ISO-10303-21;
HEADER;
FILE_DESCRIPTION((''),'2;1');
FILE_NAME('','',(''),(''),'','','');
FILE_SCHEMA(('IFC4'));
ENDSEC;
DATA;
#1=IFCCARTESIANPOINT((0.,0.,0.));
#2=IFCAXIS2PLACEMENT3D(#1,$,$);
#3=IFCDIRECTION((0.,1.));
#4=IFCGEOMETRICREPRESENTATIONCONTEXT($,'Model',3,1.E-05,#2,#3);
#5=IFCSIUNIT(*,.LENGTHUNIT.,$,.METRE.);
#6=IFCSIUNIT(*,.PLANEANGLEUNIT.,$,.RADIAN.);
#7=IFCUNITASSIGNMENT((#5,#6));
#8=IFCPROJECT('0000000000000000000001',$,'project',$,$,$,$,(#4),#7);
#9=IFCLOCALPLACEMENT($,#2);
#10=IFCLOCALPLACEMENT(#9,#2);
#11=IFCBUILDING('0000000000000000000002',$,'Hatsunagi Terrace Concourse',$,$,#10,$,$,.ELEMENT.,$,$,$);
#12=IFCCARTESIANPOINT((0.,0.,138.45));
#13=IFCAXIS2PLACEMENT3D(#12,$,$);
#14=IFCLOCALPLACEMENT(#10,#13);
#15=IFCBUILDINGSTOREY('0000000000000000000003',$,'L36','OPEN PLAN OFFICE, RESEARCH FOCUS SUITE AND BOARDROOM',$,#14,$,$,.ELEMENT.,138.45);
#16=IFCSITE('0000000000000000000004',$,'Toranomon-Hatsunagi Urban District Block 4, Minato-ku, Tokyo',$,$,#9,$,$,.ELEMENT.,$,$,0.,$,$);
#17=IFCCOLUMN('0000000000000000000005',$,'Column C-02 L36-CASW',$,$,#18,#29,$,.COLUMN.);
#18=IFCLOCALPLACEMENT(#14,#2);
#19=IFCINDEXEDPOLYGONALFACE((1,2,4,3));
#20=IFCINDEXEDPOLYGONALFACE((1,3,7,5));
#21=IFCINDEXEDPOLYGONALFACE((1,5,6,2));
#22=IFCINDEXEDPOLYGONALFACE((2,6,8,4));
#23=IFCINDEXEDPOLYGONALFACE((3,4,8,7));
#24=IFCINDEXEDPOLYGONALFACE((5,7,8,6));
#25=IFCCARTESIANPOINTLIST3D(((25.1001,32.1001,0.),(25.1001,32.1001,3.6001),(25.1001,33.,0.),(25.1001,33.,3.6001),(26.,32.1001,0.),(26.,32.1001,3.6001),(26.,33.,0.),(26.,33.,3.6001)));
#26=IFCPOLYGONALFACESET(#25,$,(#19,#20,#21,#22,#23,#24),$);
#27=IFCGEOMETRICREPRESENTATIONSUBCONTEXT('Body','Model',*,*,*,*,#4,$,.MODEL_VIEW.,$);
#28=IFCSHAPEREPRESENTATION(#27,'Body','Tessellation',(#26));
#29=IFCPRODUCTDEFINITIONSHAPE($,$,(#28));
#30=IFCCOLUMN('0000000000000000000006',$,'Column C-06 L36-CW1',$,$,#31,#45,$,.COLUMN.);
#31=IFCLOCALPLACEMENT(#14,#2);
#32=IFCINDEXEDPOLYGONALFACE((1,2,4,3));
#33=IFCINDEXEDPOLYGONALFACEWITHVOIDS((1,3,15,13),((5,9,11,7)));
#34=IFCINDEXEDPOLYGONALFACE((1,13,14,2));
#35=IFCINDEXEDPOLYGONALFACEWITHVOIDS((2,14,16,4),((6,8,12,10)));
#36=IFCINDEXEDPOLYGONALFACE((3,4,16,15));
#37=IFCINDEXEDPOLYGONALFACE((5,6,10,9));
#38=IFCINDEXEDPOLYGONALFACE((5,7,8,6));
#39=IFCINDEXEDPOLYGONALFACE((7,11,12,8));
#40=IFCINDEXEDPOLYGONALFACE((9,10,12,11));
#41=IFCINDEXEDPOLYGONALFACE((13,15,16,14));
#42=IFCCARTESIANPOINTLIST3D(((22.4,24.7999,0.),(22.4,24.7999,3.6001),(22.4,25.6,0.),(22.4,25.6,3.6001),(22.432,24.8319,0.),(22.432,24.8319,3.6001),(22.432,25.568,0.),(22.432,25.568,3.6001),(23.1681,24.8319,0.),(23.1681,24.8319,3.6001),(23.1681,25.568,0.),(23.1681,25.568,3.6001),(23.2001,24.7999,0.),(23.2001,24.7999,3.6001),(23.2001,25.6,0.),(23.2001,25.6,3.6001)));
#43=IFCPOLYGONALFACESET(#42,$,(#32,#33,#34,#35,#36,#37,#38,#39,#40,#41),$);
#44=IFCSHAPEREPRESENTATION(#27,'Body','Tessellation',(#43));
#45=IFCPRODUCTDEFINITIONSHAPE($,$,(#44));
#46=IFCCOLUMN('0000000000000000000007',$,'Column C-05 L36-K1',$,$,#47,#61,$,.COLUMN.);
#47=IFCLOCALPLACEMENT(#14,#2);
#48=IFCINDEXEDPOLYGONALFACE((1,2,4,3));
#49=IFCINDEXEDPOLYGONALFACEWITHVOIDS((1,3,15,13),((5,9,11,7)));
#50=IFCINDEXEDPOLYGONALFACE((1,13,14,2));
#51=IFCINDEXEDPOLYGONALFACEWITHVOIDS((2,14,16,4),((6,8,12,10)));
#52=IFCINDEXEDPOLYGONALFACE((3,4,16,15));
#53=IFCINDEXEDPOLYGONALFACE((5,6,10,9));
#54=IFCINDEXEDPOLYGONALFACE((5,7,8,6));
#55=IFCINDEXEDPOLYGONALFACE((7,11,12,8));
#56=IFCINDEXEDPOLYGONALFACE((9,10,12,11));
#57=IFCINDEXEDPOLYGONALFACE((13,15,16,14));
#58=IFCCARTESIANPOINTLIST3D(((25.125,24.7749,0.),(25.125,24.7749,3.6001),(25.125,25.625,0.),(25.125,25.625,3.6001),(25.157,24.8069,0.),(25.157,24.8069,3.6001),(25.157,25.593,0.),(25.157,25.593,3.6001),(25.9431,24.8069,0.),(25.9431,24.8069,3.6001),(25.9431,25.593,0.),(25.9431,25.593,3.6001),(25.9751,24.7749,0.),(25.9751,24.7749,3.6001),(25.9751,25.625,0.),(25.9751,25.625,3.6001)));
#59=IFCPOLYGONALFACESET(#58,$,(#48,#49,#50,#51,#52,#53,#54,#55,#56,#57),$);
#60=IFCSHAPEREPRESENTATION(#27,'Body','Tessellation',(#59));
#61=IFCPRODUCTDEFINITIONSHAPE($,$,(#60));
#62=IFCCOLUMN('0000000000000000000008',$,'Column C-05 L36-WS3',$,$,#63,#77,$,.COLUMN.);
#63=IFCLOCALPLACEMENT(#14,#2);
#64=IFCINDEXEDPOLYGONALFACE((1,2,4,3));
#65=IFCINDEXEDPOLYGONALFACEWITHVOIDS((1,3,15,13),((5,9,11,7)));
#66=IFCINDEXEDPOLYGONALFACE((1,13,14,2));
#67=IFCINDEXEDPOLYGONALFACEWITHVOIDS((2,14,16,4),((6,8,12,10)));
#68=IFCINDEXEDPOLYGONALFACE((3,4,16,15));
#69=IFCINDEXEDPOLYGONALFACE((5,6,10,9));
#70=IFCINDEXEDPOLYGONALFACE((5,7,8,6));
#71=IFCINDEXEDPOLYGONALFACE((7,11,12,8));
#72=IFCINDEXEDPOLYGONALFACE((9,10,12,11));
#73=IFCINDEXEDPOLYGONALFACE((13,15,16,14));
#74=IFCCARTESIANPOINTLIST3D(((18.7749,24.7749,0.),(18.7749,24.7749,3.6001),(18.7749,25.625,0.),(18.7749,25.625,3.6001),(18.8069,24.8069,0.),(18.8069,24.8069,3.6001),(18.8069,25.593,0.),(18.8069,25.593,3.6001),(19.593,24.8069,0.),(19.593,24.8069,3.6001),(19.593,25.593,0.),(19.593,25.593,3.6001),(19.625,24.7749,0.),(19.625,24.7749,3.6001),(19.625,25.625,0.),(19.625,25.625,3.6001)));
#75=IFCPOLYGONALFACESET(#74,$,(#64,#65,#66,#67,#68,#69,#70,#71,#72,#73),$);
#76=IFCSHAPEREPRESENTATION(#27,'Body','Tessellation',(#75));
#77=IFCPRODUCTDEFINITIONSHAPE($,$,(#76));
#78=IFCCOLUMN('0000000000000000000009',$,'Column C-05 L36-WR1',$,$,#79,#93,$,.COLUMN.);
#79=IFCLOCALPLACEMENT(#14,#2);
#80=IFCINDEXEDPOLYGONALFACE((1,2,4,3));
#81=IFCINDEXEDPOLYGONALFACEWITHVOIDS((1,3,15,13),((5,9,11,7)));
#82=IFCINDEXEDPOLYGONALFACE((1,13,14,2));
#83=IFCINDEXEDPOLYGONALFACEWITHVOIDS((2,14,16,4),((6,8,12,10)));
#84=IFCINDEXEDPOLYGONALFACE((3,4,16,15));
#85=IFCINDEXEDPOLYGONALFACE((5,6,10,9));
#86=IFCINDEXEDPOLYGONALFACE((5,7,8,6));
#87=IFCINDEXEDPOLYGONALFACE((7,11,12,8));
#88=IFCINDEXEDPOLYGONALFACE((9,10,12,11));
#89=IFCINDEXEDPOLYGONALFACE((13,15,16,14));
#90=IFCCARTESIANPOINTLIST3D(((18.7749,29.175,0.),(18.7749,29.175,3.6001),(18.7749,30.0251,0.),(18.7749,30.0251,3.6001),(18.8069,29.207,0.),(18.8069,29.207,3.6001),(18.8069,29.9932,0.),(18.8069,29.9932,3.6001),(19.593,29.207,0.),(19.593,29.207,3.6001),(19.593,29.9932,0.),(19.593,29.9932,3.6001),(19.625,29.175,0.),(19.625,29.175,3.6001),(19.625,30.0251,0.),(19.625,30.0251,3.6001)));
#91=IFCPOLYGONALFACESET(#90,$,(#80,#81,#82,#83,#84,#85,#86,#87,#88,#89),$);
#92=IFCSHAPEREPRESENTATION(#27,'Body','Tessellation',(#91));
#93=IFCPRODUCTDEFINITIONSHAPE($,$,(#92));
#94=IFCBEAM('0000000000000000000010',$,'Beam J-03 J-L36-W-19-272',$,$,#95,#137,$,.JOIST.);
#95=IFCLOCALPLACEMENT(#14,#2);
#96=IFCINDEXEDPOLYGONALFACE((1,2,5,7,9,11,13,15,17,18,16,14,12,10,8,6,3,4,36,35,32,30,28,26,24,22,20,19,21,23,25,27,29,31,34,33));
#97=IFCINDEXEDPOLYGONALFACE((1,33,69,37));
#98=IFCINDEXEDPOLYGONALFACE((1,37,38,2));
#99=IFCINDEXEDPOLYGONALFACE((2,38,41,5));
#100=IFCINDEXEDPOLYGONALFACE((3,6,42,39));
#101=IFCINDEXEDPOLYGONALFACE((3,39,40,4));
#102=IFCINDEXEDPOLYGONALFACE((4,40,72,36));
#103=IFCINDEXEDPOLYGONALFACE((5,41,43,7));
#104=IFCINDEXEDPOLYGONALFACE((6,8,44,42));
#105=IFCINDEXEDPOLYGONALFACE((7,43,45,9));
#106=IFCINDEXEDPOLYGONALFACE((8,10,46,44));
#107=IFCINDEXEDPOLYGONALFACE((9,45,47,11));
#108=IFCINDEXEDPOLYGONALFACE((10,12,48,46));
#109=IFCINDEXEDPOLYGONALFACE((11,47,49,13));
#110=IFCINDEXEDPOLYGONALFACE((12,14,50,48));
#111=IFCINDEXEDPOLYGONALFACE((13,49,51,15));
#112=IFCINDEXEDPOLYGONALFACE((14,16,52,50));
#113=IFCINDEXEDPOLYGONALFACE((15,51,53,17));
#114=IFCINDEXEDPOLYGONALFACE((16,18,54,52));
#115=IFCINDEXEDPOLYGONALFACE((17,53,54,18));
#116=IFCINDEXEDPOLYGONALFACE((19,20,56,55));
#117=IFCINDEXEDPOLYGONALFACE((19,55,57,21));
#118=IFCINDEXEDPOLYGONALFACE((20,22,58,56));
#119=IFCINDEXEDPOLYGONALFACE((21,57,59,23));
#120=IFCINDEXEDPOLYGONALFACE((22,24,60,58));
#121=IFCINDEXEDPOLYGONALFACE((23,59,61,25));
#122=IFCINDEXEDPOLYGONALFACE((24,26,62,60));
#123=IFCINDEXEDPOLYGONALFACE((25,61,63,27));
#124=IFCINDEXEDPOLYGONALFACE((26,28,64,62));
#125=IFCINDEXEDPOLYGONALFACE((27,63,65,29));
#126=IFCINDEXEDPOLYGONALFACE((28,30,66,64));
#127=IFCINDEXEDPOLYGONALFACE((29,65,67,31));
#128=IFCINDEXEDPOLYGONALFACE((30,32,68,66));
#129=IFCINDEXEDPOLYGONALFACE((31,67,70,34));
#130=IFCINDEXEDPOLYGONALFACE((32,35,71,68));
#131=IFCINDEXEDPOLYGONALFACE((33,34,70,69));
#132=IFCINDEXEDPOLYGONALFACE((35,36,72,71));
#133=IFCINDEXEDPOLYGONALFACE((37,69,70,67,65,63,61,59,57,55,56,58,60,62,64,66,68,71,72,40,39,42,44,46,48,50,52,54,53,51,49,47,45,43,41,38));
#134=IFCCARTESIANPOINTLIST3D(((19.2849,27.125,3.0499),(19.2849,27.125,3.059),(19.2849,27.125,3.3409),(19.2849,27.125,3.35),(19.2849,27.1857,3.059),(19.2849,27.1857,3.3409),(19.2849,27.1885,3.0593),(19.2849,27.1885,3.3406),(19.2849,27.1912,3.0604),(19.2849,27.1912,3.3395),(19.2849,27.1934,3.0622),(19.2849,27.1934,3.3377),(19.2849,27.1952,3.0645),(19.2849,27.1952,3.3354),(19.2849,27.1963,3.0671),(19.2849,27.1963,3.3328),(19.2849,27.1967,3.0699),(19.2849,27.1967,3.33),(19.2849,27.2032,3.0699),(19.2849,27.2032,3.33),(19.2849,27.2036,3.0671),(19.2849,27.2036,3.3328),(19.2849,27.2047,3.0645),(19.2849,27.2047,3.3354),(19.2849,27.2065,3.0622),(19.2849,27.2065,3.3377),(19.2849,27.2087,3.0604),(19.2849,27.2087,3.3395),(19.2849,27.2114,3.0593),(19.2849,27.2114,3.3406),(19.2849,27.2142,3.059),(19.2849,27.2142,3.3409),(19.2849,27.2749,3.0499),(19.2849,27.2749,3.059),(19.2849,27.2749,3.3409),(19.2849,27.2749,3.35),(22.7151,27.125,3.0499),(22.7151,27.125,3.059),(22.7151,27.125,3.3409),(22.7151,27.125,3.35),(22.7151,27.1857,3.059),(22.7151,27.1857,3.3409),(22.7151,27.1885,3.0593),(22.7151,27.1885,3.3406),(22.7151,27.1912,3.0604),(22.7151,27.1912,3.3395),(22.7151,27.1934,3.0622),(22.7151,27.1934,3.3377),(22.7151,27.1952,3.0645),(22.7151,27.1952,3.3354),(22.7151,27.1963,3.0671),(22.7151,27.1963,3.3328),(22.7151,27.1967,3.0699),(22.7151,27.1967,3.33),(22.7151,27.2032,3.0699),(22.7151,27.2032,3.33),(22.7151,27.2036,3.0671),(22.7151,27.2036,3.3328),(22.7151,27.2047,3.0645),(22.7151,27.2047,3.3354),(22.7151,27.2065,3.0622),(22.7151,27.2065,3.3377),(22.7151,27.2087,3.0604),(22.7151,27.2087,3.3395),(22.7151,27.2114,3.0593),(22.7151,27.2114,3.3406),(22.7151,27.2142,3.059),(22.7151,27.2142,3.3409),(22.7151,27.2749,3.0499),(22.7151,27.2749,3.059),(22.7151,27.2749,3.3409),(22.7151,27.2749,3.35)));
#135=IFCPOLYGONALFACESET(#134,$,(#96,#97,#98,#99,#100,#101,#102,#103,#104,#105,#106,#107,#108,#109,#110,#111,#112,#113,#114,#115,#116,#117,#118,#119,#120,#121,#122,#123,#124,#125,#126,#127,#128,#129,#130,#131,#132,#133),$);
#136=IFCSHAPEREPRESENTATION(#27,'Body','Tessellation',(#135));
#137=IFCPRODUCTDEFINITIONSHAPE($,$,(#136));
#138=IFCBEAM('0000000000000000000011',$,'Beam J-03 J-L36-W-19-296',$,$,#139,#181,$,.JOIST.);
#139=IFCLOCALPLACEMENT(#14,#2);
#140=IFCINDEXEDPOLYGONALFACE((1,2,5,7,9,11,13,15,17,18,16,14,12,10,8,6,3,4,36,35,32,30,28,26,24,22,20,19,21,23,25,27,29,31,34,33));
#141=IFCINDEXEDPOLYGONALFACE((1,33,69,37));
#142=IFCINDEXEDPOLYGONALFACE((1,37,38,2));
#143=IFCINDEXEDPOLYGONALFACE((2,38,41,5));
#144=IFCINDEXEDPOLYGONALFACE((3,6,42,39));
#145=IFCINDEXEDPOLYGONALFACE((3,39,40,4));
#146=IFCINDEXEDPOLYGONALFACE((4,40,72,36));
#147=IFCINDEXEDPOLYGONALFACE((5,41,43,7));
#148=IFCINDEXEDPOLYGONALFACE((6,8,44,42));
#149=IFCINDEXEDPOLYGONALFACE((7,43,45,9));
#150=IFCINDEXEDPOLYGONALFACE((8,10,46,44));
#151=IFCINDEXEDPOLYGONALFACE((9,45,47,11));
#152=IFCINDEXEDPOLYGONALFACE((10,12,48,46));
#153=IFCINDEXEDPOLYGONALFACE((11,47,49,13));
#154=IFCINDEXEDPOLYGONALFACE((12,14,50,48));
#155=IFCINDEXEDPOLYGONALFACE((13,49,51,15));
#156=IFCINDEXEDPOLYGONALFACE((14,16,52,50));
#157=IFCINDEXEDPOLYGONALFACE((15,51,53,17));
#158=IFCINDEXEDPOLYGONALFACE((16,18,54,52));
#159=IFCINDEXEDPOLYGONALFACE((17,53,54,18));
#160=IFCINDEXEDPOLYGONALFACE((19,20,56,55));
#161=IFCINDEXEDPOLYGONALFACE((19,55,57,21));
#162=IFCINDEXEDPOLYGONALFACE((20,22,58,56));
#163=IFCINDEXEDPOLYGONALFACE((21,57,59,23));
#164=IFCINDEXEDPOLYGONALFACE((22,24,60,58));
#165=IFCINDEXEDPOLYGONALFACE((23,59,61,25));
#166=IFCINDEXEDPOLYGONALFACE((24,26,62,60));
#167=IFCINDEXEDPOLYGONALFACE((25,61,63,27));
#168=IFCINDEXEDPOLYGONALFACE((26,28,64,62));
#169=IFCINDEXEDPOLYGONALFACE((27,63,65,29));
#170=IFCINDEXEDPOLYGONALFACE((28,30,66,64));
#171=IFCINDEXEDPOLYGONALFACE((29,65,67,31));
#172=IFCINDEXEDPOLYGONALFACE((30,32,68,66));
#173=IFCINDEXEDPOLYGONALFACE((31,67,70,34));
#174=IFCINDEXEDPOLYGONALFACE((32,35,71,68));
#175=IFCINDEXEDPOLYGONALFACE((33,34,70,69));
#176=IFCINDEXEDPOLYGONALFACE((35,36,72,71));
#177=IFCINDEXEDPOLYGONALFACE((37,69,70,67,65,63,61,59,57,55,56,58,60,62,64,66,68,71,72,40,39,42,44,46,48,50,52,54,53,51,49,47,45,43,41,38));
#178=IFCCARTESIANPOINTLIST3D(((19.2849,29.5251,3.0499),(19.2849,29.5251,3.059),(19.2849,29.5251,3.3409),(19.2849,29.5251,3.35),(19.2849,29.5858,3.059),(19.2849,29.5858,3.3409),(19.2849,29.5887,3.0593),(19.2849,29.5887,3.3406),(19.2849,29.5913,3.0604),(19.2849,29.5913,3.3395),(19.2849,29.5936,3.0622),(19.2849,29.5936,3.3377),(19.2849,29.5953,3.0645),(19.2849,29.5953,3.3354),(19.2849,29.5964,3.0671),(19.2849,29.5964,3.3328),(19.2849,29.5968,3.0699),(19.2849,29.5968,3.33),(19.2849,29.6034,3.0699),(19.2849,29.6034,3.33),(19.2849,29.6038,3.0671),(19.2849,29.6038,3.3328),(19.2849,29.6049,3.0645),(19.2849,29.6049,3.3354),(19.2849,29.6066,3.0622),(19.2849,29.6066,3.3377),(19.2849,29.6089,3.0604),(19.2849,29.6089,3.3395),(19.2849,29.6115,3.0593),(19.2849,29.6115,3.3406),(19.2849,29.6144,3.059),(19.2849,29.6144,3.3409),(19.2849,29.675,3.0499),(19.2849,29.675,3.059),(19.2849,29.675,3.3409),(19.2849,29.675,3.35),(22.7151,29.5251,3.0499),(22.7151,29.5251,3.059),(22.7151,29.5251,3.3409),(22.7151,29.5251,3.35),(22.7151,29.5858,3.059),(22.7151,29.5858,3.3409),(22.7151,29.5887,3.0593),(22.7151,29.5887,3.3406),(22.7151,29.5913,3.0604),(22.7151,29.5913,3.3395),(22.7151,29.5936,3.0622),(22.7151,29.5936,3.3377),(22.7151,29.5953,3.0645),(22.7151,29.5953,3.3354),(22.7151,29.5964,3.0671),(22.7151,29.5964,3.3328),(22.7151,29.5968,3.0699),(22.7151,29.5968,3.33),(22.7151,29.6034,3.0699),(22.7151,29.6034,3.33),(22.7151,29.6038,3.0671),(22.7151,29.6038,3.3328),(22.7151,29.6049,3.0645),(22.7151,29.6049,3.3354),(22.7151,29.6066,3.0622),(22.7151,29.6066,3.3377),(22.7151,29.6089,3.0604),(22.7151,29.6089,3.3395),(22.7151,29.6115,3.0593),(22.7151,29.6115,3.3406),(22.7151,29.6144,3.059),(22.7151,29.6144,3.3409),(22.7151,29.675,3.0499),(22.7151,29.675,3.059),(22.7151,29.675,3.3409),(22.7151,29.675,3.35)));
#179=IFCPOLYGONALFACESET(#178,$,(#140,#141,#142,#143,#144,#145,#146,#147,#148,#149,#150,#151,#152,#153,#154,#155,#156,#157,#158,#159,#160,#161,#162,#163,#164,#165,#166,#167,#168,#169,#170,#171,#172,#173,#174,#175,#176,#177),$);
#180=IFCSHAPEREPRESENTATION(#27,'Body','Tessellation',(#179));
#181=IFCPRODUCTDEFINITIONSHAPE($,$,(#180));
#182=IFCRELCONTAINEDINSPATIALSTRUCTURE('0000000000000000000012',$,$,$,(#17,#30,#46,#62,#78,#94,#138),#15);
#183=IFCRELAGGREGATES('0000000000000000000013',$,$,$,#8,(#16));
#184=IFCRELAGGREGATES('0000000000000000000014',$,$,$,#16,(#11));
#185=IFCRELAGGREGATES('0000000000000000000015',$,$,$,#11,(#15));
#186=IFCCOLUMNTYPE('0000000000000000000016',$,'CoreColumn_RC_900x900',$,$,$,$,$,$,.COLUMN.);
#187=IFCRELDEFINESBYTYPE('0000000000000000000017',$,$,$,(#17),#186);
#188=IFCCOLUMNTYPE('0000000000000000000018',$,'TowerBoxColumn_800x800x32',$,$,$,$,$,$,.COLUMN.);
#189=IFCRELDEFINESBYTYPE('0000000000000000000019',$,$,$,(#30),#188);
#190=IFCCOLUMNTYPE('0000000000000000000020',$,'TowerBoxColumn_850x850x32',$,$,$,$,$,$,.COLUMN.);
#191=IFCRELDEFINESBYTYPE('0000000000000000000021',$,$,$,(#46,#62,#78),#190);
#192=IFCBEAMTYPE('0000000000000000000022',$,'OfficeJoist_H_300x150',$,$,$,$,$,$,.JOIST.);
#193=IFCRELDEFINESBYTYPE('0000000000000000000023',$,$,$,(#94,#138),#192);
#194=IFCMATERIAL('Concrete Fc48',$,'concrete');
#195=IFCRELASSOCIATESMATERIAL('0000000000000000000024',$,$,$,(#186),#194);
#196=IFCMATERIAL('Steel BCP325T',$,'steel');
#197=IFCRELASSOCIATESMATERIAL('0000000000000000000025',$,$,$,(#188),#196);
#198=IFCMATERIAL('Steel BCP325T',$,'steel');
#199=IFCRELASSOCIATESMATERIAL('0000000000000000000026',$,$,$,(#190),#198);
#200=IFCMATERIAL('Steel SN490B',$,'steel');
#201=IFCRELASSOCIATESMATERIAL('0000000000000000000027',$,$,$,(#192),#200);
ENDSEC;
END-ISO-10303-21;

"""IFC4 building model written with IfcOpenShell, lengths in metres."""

from ifc_helpers import new_model, si_unit, direction, frame, origin, origin_2d, place, context, subcontext, project, spatial, rectangle, hollow_rectangle, i_section, extrude, material, material_profile, profile_set, type_object, element, save


model = new_model("IFC4")

# Units and contexts
model_context = context("Model", 3, precision=1e-05, world=origin(), true_north=direction((0.0, 1.0)))
body_context = subcontext(model_context, "Body", "Model", "MODEL_VIEW")
ifc_project = project(units=[si_unit("LENGTHUNIT", "METRE"), si_unit("PLANEANGLEUNIT", "RADIAN")], contexts=[model_context])

# Site, building, storey
site_placement = place(None, origin())
site = spatial("IfcSite", under=ifc_project, at=site_placement, Name="Toranomon-Hatsunagi Urban District Block 4, Minato-ku, Tokyo", CompositionType="ELEMENT", RefElevation=0.0)
building_placement = place(site_placement, origin())
building = spatial("IfcBuilding", under=site, at=building_placement, Name="Hatsunagi Terrace Concourse", CompositionType="ELEMENT")
storey_placement = place(building_placement, frame((0.0, 0.0, 138.45)))
storey = spatial("IfcBuildingStorey", under=building, at=storey_placement, Name="L36", Description="OPEN PLAN OFFICE, RESEARCH FOCUS SUITE AND BOARDROOM", CompositionType="ELEMENT", Elevation=138.45)

# Columns
ifc_material_1 = material(Name="Concrete Fc48", Category="concrete")
ifc_material_profile_1 = material_profile(ifc_material_1, rectangle(XDim=0.8999, YDim=0.8999, at=origin_2d()), Name="RC-900x900")
ifc_profile_set_1 = profile_set([ifc_material_profile_1], Name="Concrete Fc48")
column_type_1 = type_object("IfcColumnType", Name="CoreColumn_RC_900x900", PredefinedType="COLUMN", material=ifc_profile_set_1)
column_1_placement = place(storey_placement, frame((25.55, 32.55, 0.0), z_axis=(0.0, 0.0, 1.0), x_axis=(1.0, 0.0, 0.0)))
element("IfcColumn", 1, at=column_1_placement, inside=storey, type_object=column_type_1, Name="Column C-02 L36-CASW", PredefinedType="COLUMN", context=body_context, shape_type="SweptSolid", body=[
    extrude(rectangle(XDim=0.8999, YDim=0.8999, at=origin_2d()), origin(), (0.0, 0.0, 1.0), 3.6001),
])
ifc_material_2 = material(Name="Steel BCP325T", Category="steel")
ifc_material_profile_2 = material_profile(ifc_material_2, hollow_rectangle(XDim=0.8, YDim=0.8, WallThickness=0.032, at=origin_2d()), Name="BCP-800x800x32")
ifc_profile_set_2 = profile_set([ifc_material_profile_2], Name="Steel BCP325T")
column_type_2 = type_object("IfcColumnType", Name="TowerBoxColumn_800x800x32", PredefinedType="COLUMN", material=ifc_profile_set_2)
column_2_placement = place(storey_placement, frame((22.8, 25.2, 0.0), z_axis=(0.0, 0.0, 1.0), x_axis=(1.0, 0.0, 0.0)))
element("IfcColumn", 2, at=column_2_placement, inside=storey, type_object=column_type_2, Name="Column C-06 L36-CW1", PredefinedType="COLUMN", context=body_context, shape_type="SweptSolid", body=[
    extrude(hollow_rectangle(XDim=0.8, YDim=0.8, WallThickness=0.032, at=origin_2d()), origin(), (0.0, 0.0, 1.0), 3.6001),
])
ifc_material_3 = material(Name="Steel BCP325T", Category="steel")
ifc_material_profile_3 = material_profile(ifc_material_3, hollow_rectangle(XDim=0.8501, YDim=0.8501, WallThickness=0.032, at=origin_2d()), Name="BCP-850x850x32")
ifc_profile_set_3 = profile_set([ifc_material_profile_3], Name="Steel BCP325T")
column_type_3 = type_object("IfcColumnType", Name="TowerBoxColumn_850x850x32", PredefinedType="COLUMN", material=ifc_profile_set_3)
for number, where, z_axis, x_axis, name in (
    (3, (25.55, 25.2, 0.0), (0.0, 0.0, 1.0), (1.0, 0.0, 0.0), "Column C-05 L36-K1"),
    (4, (19.2, 25.2, 0.0), (0.0, 0.0, 1.0), (1.0, 0.0, 0.0), "Column C-05 L36-WS3"),
    (5, (19.2, 29.6001, 0.0), (0.0, 0.0, 1.0), (1.0, 0.0, 0.0), "Column C-05 L36-WR1"),
):
    element("IfcColumn", number, at=place(storey_placement, frame(where, z_axis=z_axis, x_axis=x_axis)), inside=storey, type_object=column_type_3, Name=name, PredefinedType="COLUMN", context=body_context, shape_type="SweptSolid", body=[
        extrude(hollow_rectangle(XDim=0.8501, YDim=0.8501, WallThickness=0.032, at=origin_2d()), origin(), (0.0, 0.0, 1.0), 3.6001),
    ])

# Beams
ifc_material_4 = material(Name="Steel SN490B", Category="steel")
ifc_material_profile_4 = material_profile(ifc_material_4, i_section(OverallWidth=0.1499, OverallDepth=0.3, WebThickness=0.0066, FlangeThickness=0.009, FilletRadius=0.011, at=origin_2d()), Name="H-300x150x6.5x9")
ifc_profile_set_4 = profile_set([ifc_material_profile_4], Name="Steel SN490B")
beam_type_1 = type_object("IfcBeamType", Name="OfficeJoist_H_300x150", PredefinedType="JOIST", material=ifc_profile_set_4)
for number, where, z_axis, x_axis, name in (
    (6, (19.2849, 27.2, 3.2), (1.0, 0.0, 0.0), (0.0, 1.0, 0.0), "Beam J-03 J-L36-W-19-272"),
    (7, (19.2849, 29.6001, 3.2), (1.0, 0.0, 0.0), (0.0, 1.0, 0.0), "Beam J-03 J-L36-W-19-296"),
):
    element("IfcBeam", number, at=place(storey_placement, frame(where, z_axis=z_axis, x_axis=x_axis)), inside=storey, type_object=beam_type_1, Name=name, PredefinedType="JOIST", context=body_context, shape_type="SweptSolid", body=[
        extrude(i_section(OverallWidth=0.1499, OverallDepth=0.3, WebThickness=0.0066, FlangeThickness=0.009, FilletRadius=0.011, at=origin_2d()), origin(), (0.0, 0.0, 1.0), 3.4302),
    ])

save(model, "model.ifc")
